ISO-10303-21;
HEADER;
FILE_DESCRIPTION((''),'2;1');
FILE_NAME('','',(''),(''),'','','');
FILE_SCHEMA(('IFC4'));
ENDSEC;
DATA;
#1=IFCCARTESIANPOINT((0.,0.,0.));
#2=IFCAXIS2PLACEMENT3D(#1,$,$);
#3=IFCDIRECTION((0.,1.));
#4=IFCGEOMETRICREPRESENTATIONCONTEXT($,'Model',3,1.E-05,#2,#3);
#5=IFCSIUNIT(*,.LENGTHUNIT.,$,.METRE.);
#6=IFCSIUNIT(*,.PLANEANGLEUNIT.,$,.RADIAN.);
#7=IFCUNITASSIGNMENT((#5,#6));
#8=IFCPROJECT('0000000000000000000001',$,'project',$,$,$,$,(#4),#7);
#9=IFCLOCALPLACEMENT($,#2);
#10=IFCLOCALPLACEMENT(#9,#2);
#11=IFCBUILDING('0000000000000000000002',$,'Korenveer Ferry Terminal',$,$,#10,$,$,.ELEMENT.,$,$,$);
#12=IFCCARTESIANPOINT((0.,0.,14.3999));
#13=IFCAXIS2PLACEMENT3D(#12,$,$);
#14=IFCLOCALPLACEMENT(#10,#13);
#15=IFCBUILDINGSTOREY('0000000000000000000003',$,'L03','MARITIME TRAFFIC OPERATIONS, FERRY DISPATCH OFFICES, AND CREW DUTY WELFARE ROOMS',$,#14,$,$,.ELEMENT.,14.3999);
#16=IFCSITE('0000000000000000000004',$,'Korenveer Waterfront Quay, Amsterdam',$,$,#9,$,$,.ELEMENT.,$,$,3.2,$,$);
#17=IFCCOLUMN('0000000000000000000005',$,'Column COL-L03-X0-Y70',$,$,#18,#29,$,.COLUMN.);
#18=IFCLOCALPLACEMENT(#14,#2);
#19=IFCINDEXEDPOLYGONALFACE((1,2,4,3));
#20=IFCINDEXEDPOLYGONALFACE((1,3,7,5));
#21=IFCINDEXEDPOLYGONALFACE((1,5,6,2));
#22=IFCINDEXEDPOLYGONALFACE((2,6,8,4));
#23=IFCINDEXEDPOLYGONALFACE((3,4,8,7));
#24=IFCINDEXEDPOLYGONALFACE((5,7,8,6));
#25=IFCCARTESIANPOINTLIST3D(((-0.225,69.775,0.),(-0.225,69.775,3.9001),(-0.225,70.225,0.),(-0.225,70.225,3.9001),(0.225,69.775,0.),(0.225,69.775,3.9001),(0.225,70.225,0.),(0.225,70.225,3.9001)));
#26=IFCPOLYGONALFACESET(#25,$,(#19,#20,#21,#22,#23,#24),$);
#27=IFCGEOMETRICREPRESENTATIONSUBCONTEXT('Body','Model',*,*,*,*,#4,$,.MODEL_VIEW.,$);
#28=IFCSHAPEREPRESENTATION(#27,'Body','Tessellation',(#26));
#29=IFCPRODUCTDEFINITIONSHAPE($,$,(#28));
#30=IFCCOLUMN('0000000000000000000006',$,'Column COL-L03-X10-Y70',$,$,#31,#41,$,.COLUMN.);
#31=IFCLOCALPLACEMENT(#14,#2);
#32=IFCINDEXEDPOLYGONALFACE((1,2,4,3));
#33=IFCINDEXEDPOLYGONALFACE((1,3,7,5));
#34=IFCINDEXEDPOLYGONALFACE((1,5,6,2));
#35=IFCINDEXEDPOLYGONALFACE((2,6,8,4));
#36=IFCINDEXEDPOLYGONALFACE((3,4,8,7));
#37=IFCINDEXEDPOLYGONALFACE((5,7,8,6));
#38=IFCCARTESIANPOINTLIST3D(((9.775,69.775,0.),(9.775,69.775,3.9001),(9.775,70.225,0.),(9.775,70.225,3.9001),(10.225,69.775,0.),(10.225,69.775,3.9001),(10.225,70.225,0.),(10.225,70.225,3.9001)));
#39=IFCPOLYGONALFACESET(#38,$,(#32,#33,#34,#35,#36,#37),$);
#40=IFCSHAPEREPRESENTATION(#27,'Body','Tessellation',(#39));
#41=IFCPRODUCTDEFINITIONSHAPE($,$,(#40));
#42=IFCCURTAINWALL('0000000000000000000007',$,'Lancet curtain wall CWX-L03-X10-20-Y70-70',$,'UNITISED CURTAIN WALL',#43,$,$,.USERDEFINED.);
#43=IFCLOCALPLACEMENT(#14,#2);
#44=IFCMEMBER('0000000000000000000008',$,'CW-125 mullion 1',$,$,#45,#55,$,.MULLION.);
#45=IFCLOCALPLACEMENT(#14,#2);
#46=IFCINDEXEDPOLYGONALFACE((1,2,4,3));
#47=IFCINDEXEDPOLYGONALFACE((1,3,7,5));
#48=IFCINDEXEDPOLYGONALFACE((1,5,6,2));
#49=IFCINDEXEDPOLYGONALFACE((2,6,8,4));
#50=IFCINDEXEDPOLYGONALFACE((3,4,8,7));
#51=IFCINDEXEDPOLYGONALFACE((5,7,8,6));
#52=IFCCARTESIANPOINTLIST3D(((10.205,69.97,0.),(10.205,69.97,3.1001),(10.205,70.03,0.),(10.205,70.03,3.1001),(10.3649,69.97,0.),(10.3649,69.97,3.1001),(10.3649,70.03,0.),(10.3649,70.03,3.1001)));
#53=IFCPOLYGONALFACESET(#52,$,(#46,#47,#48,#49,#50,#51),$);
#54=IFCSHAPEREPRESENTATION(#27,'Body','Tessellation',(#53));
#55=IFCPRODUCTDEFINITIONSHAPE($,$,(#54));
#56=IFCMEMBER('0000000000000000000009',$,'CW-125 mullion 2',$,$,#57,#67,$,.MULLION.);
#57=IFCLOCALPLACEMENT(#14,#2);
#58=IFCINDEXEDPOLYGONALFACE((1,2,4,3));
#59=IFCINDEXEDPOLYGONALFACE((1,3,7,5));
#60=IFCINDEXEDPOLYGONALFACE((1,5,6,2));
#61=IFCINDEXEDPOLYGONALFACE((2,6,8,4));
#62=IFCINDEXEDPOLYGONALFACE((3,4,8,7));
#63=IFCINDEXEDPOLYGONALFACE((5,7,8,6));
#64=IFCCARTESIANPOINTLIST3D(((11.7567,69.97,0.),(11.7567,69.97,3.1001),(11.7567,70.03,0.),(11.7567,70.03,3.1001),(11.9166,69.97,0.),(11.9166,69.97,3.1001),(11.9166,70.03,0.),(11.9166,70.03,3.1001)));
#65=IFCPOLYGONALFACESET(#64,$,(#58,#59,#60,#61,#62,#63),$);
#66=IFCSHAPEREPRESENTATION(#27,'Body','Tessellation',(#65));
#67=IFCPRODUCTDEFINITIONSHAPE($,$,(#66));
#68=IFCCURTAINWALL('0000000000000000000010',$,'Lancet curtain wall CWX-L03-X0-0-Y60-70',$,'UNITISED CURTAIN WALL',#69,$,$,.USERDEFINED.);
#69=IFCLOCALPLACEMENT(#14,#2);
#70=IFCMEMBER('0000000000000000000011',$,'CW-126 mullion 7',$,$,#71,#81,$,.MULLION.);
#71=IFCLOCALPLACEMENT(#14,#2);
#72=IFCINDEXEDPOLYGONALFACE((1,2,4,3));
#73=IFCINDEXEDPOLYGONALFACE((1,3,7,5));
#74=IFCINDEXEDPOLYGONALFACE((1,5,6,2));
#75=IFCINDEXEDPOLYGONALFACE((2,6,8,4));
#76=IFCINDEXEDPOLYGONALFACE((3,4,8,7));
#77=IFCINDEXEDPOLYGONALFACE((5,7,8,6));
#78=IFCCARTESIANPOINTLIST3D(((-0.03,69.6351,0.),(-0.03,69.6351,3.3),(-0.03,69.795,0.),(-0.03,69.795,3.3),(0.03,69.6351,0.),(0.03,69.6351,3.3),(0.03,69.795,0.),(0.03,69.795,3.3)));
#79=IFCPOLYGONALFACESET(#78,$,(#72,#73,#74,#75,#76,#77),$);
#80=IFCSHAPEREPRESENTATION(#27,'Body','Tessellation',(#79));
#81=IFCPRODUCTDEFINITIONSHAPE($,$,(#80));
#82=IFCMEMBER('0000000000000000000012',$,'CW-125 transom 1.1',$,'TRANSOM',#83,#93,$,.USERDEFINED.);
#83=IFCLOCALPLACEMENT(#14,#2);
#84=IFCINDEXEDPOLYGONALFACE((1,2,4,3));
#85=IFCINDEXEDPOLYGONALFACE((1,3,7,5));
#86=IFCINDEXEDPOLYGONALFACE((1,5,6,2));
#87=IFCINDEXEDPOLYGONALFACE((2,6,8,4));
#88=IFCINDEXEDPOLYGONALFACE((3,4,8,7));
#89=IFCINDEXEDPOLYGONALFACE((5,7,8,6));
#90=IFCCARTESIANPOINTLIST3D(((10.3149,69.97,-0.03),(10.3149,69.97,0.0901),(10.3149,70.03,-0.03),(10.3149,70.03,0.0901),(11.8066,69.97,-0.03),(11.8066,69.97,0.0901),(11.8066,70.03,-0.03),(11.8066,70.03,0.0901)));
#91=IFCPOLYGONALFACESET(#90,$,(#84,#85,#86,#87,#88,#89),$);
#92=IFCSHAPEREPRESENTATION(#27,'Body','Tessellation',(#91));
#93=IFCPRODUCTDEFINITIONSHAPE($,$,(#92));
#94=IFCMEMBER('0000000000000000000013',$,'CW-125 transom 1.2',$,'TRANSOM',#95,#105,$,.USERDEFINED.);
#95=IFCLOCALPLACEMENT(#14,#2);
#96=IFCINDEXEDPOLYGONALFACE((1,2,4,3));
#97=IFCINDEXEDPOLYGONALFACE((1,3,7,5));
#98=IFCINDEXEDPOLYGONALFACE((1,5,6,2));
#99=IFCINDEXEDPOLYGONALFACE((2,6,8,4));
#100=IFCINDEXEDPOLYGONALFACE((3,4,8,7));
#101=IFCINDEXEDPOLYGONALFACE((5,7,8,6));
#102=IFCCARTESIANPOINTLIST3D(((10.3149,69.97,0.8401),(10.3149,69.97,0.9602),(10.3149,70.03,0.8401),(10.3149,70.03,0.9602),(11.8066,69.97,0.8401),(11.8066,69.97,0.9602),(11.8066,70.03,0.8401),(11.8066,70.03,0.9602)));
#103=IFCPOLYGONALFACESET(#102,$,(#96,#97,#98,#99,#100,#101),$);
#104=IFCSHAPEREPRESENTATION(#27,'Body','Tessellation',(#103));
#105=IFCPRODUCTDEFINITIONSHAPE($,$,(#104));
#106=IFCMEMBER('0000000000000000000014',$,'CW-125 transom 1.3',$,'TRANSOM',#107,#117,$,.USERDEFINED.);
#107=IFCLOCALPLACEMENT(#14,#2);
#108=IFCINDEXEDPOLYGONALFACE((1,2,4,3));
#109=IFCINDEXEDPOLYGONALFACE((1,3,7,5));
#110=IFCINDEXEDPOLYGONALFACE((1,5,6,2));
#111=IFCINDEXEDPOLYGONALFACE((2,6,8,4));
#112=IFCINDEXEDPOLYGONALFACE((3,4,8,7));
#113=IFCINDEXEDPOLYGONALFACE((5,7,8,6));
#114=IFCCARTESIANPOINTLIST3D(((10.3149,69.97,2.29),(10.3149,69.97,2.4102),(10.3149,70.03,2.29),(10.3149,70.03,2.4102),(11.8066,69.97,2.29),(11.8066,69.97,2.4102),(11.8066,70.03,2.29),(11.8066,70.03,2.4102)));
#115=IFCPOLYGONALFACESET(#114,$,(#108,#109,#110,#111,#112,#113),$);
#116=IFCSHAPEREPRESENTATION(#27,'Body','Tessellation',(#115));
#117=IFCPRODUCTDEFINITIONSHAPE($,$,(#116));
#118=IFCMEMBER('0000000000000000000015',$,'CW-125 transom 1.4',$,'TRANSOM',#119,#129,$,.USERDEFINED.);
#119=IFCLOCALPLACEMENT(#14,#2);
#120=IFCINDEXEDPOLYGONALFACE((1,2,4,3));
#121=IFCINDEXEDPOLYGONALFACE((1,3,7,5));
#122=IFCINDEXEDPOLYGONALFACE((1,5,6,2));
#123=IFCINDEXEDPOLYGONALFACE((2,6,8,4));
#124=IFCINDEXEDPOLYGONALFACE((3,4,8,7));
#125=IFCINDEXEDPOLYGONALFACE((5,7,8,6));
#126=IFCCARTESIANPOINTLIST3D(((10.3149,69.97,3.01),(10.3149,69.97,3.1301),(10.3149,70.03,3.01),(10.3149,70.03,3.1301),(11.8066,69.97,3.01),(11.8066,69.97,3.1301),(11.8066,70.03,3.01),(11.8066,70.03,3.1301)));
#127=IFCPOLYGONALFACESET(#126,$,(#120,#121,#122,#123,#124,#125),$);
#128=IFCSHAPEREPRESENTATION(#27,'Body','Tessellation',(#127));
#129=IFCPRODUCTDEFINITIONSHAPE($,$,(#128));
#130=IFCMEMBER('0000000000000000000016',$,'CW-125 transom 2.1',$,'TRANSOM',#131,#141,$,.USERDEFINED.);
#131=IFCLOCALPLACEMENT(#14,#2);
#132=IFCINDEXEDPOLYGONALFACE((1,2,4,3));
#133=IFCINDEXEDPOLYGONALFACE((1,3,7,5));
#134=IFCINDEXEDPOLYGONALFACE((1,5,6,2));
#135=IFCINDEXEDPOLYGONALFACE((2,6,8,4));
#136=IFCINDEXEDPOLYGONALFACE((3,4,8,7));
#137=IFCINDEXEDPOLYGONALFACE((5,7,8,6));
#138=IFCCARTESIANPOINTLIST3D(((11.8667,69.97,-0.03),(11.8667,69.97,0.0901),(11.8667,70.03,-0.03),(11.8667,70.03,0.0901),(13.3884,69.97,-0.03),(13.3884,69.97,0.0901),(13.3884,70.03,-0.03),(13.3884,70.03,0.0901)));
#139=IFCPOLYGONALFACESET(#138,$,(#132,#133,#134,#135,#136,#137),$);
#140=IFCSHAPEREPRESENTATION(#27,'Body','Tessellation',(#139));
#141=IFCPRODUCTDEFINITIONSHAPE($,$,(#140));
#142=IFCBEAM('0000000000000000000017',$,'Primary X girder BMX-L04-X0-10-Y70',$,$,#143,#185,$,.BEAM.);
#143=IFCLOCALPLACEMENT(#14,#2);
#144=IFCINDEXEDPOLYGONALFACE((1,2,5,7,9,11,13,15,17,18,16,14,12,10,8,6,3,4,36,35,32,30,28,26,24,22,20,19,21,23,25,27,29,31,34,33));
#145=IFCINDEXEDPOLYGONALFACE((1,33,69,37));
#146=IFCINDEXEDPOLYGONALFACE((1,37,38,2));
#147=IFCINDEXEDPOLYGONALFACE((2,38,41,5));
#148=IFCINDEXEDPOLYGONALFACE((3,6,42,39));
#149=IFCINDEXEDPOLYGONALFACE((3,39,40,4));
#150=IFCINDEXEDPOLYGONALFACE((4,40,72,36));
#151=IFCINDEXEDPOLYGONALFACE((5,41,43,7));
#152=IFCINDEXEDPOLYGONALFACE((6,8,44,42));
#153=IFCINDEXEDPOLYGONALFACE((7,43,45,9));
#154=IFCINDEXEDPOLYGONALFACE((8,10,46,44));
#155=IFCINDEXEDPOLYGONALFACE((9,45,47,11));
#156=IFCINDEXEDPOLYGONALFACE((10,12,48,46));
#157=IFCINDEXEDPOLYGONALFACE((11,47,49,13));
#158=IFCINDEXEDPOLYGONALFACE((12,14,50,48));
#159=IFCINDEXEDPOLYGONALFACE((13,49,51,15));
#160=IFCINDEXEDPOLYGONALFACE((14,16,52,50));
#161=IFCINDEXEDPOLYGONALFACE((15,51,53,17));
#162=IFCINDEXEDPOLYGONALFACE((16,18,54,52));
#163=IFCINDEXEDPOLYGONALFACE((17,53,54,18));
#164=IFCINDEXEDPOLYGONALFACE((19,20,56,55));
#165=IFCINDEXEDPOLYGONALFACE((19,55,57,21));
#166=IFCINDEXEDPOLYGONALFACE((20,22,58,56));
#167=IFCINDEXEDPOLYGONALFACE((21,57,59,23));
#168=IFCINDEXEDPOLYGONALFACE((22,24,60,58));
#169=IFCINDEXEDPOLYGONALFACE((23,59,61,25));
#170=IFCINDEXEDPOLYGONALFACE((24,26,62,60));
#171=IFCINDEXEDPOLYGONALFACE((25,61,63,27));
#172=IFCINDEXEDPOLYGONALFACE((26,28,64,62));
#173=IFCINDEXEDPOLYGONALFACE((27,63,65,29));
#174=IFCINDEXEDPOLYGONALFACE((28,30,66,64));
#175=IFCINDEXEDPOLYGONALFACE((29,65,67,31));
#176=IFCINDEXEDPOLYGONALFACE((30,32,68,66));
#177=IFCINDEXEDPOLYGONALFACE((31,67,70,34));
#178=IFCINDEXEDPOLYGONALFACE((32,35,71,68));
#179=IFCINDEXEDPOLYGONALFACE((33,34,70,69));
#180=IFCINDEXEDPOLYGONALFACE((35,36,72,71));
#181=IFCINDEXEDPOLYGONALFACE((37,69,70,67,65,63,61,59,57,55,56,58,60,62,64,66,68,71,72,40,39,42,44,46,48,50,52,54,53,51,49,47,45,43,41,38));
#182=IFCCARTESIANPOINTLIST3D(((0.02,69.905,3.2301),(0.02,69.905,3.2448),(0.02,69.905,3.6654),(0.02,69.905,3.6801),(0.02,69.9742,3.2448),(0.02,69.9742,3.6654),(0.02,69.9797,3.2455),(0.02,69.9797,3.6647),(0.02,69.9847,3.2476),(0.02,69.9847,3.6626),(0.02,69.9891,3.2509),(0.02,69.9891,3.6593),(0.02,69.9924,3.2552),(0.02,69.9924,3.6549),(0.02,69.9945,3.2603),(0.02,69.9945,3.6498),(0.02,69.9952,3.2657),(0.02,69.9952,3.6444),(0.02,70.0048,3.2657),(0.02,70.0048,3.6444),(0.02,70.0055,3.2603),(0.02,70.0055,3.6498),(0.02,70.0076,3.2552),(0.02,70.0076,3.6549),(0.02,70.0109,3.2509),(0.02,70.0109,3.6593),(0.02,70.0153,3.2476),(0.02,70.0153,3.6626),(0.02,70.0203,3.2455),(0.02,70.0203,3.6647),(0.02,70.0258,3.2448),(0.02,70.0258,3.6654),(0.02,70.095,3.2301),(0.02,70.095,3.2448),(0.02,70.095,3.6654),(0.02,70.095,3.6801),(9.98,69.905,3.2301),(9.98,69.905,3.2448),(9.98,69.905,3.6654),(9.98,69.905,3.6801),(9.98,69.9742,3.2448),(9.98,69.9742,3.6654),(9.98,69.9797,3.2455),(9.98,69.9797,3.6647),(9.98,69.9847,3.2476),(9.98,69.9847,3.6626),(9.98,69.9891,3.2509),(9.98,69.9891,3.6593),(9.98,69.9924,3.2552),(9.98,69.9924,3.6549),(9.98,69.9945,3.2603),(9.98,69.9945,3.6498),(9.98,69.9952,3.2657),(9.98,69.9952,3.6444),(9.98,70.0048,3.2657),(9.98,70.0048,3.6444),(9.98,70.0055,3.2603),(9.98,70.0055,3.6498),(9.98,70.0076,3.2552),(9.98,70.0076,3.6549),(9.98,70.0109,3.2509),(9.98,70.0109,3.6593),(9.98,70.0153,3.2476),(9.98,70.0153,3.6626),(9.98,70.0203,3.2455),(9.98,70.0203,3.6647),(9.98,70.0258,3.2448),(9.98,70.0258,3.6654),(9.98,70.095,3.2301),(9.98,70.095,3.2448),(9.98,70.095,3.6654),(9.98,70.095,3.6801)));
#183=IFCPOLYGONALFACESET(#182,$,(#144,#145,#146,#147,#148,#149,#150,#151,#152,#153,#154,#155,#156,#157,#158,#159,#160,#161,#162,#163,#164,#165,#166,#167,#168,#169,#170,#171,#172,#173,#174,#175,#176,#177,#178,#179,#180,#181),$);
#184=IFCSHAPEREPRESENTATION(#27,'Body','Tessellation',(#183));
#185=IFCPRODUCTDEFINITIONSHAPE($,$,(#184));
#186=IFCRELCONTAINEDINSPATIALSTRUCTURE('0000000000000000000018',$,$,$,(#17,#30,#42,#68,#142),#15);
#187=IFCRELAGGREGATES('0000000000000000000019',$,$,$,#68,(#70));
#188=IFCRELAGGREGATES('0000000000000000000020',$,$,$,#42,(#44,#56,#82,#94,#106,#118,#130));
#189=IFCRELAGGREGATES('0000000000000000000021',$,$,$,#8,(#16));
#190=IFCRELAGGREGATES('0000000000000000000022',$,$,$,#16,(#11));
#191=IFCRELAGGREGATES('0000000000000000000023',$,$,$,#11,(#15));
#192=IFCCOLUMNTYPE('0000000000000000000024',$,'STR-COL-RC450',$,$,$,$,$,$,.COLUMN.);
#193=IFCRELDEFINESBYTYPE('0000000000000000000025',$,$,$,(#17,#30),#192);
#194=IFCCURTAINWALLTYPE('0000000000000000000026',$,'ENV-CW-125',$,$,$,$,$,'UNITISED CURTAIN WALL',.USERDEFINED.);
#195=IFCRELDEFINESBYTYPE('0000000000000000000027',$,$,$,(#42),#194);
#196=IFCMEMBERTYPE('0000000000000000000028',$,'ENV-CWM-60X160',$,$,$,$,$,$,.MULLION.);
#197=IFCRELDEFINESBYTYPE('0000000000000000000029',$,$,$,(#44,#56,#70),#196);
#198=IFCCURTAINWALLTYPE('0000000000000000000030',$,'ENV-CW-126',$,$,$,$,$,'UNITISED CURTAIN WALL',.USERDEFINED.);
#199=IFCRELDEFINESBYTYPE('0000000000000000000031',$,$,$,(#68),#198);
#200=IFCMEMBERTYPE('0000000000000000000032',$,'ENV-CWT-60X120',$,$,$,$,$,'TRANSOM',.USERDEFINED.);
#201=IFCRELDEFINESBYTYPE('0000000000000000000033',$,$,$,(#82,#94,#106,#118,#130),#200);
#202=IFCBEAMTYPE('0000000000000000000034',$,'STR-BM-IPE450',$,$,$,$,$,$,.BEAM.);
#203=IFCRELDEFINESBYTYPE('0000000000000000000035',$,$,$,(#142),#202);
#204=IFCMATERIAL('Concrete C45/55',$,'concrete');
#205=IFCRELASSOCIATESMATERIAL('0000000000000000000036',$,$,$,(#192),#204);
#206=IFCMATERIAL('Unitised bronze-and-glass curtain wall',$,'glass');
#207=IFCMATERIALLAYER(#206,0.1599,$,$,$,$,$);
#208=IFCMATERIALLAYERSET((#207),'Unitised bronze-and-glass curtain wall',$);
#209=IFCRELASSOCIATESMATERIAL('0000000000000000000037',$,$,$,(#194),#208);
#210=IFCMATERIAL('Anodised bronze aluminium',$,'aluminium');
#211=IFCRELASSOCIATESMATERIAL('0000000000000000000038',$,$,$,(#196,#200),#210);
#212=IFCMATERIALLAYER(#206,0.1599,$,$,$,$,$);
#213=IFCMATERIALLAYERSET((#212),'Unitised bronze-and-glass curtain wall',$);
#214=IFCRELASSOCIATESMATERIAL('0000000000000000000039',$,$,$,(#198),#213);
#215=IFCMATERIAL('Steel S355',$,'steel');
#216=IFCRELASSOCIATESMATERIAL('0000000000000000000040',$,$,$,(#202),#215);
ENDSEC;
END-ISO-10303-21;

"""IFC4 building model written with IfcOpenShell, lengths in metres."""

from ifc_helpers import new_model, si_unit, direction, frame, origin, origin_2d, place, context, subcontext, project, spatial, rectangle, i_section, extrude, material, layer, layer_set, material_profile, profile_set, type_object, element, aggregate, save


model = new_model("IFC4")

# Units and contexts
model_context = context("Model", 3, precision=1e-05, world=origin(), true_north=direction((0.0, 1.0)))
body_context = subcontext(model_context, "Body", "Model", "MODEL_VIEW")
ifc_project = project(units=[si_unit("LENGTHUNIT", "METRE"), si_unit("PLANEANGLEUNIT", "RADIAN")], contexts=[model_context])

# Site, building, storey
site_placement = place(None, origin())
site = spatial("IfcSite", under=ifc_project, at=site_placement, Name="Korenveer Waterfront Quay, Amsterdam", CompositionType="ELEMENT", RefElevation=3.2)
building_placement = place(site_placement, origin())
building = spatial("IfcBuilding", under=site, at=building_placement, Name="Korenveer Ferry Terminal", CompositionType="ELEMENT")
storey_placement = place(building_placement, frame((0.0, 0.0, 14.3999)))
storey = spatial("IfcBuildingStorey", under=building, at=storey_placement, Name="L03", Description="MARITIME TRAFFIC OPERATIONS, FERRY DISPATCH OFFICES, AND CREW DUTY WELFARE ROOMS", CompositionType="ELEMENT", Elevation=14.3999)

# Columns
ifc_material_1 = material(Name="Concrete C45/55", Category="concrete")
ifc_material_profile_1 = material_profile(ifc_material_1, rectangle(XDim=0.45, YDim=0.45, at=origin_2d()), Name="RC 450x450")
ifc_profile_set_1 = profile_set([ifc_material_profile_1], Name="Concrete C45/55")
column_type = type_object("IfcColumnType", Name="STR-COL-RC450", PredefinedType="COLUMN", material=ifc_profile_set_1)
for number, where, z_axis, x_axis, name in (
    (1, (0.0, 70.0, 0.0), (0.0, 0.0, 1.0), (1.0, 0.0, 0.0), "Column COL-L03-X0-Y70"),
    (2, (10.0, 70.0, 0.0), (0.0, 0.0, 1.0), (1.0, 0.0, 0.0), "Column COL-L03-X10-Y70"),
):
    element("IfcColumn", number, at=place(storey_placement, frame(where, z_axis=z_axis, x_axis=x_axis)), inside=storey, type_object=column_type, Name=name, PredefinedType="COLUMN", context=body_context, shape_type="SweptSolid", body=[
        extrude(rectangle(XDim=0.45, YDim=0.45, at=origin_2d()), origin(), (0.0, 0.0, 1.0), 3.9001),
    ])

# Curtain wall, members
ifc_material_2 = material(Name="Unitised bronze-and-glass curtain wall", Category="glass")
ifc_layer_1 = layer(ifc_material_2, 0.1599)
ifc_layer_set_1 = layer_set([ifc_layer_1], Name="Unitised bronze-and-glass curtain wall")
curtain_wall_type_1 = type_object("IfcCurtainWallType", Name="ENV-CW-125", ElementType="UNITISED CURTAIN WALL", PredefinedType="USERDEFINED", material=ifc_layer_set_1)
curtain_wall_1_placement = place(storey_placement, frame((10.2549, 70.0, 0.0)))
curtain_wall_1 = element("IfcCurtainWall", 3, at=curtain_wall_1_placement, inside=storey, type_object=curtain_wall_type_1, Name="Lancet curtain wall CWX-L03-X10-20-Y70-70", ObjectType="UNITISED CURTAIN WALL", PredefinedType="USERDEFINED")
ifc_material_3 = material(Name="Anodised bronze aluminium", Category="aluminium")
ifc_material_profile_2 = material_profile(ifc_material_3, rectangle(XDim=0.0601, YDim=0.1599, at=origin_2d()), Name="ALU 60x160")
ifc_profile_set_2 = profile_set([ifc_material_profile_2], Name="Anodised bronze aluminium")
member_type_1 = type_object("IfcMemberType", Name="ENV-CWM-60X160", PredefinedType="MULLION", material=ifc_profile_set_2)
member_1_placement = place(storey_placement, frame((10.2849, 70.0, 0.0), z_axis=(0.0, 0.0, 1.0), x_axis=(0.0, 1.0, 0.0)))
member_1 = element("IfcMember", 4, at=member_1_placement, type_object=member_type_1, Name="CW-125 mullion 1", PredefinedType="MULLION", context=body_context, shape_type="SweptSolid", body=[
    extrude(rectangle(XDim=0.0601, YDim=0.1599, at=origin_2d()), origin(), (0.0, 0.0, 1.0), 3.1001),
])
member_2_placement = place(storey_placement, frame((11.8367, 70.0, 0.0), z_axis=(0.0, 0.0, 1.0), x_axis=(0.0, 1.0, 0.0)))
member_2 = element("IfcMember", 5, at=member_2_placement, type_object=member_type_1, Name="CW-125 mullion 2", PredefinedType="MULLION", context=body_context, shape_type="SweptSolid", body=[
    extrude(rectangle(XDim=0.0601, YDim=0.1599, at=origin_2d()), origin(), (0.0, 0.0, 1.0), 3.1001),
])

# Curtain wall, member
ifc_layer_2 = layer(ifc_material_2, 0.1599)
ifc_layer_set_2 = layer_set([ifc_layer_2], Name="Unitised bronze-and-glass curtain wall")
curtain_wall_type_2 = type_object("IfcCurtainWallType", Name="ENV-CW-126", ElementType="UNITISED CURTAIN WALL", PredefinedType="USERDEFINED", material=ifc_layer_set_2)
curtain_wall_2_placement = place(storey_placement, frame((0.0, 60.3301, 0.0)))
curtain_wall_2 = element("IfcCurtainWall", 6, at=curtain_wall_2_placement, inside=storey, type_object=curtain_wall_type_2, Name="Lancet curtain wall CWX-L03-X0-0-Y60-70", ObjectType="UNITISED CURTAIN WALL", PredefinedType="USERDEFINED")
member_3_placement = place(storey_placement, frame((0.0, 69.7151, 0.0), z_axis=(0.0, 0.0, 1.0), x_axis=(-1.0, 0.0, 0.0)))
member_3 = element("IfcMember", 7, at=member_3_placement, type_object=member_type_1, Name="CW-126 mullion 7", PredefinedType="MULLION", context=body_context, shape_type="SweptSolid", body=[
    extrude(rectangle(XDim=0.0601, YDim=0.1599, at=origin_2d()), origin(), (0.0, 0.0, 1.0), 3.3),
])
aggregate(curtain_wall_2, [member_3])

# Members
ifc_material_profile_3 = material_profile(ifc_material_3, rectangle(XDim=0.0601, YDim=0.1201, at=origin_2d()), Name="ALU 60x120")
ifc_profile_set_3 = profile_set([ifc_material_profile_3], Name="Anodised bronze aluminium")
member_type_2 = type_object("IfcMemberType", Name="ENV-CWT-60X120", ElementType="TRANSOM", PredefinedType="USERDEFINED", material=ifc_profile_set_3)
member_4_placement = place(storey_placement, frame((10.3149, 70.0, 0.03), z_axis=(1.0, 0.0, 0.0), x_axis=(0.0, 1.0, 0.0)))
member_4 = element("IfcMember", 8, at=member_4_placement, type_object=member_type_2, Name="CW-125 transom 1.1", ObjectType="TRANSOM", PredefinedType="USERDEFINED", context=body_context, shape_type="SweptSolid", body=[
    extrude(rectangle(XDim=0.0601, YDim=0.1201, at=origin_2d()), origin(), (0.0, 0.0, 1.0), 1.4917),
])
member_5_placement = place(storey_placement, frame((10.3149, 70.0, 0.9001), z_axis=(1.0, 0.0, 0.0), x_axis=(0.0, 1.0, 0.0)))
member_5 = element("IfcMember", 9, at=member_5_placement, type_object=member_type_2, Name="CW-125 transom 1.2", ObjectType="TRANSOM", PredefinedType="USERDEFINED", context=body_context, shape_type="SweptSolid", body=[
    extrude(rectangle(XDim=0.0601, YDim=0.1201, at=origin_2d()), origin(), (0.0, 0.0, 1.0), 1.4917),
])
member_6_placement = place(storey_placement, frame((10.3149, 70.0, 2.3501), z_axis=(1.0, 0.0, 0.0), x_axis=(0.0, 1.0, 0.0)))
member_6 = element("IfcMember", 10, at=member_6_placement, type_object=member_type_2, Name="CW-125 transom 1.3", ObjectType="TRANSOM", PredefinedType="USERDEFINED", context=body_context, shape_type="SweptSolid", body=[
    extrude(rectangle(XDim=0.0601, YDim=0.1201, at=origin_2d()), origin(), (0.0, 0.0, 1.0), 1.4917),
])
member_7_placement = place(storey_placement, frame((10.3149, 70.0, 3.0701), z_axis=(1.0, 0.0, 0.0), x_axis=(0.0, 1.0, 0.0)))
member_7 = element("IfcMember", 11, at=member_7_placement, type_object=member_type_2, Name="CW-125 transom 1.4", ObjectType="TRANSOM", PredefinedType="USERDEFINED", context=body_context, shape_type="SweptSolid", body=[
    extrude(rectangle(XDim=0.0601, YDim=0.1201, at=origin_2d()), origin(), (0.0, 0.0, 1.0), 1.4917),
])
member_8_placement = place(storey_placement, frame((11.8667, 70.0, 0.03), z_axis=(1.0, 0.0, 0.0), x_axis=(0.0, 1.0, 0.0)))
member_8 = element("IfcMember", 12, at=member_8_placement, type_object=member_type_2, Name="CW-125 transom 2.1", ObjectType="TRANSOM", PredefinedType="USERDEFINED", context=body_context, shape_type="SweptSolid", body=[
    extrude(rectangle(XDim=0.0601, YDim=0.1201, at=origin_2d()), origin(), (0.0, 0.0, 1.0), 1.5217),
])

# Beam
ifc_material_4 = material(Name="Steel S355", Category="steel")
ifc_material_profile_4 = material_profile(ifc_material_4, i_section(OverallWidth=0.1899, OverallDepth=0.45, WebThickness=0.0095, FlangeThickness=0.0146, FilletRadius=0.021, at=origin_2d()), Name="IPE 450")
ifc_profile_set_4 = profile_set([ifc_material_profile_4], Name="Steel S355")
beam_type = type_object("IfcBeamType", Name="STR-BM-IPE450", PredefinedType="BEAM", material=ifc_profile_set_4)
for number, where, z_axis, x_axis, name in (
    (13, (0.02, 70.0, 3.4551), (1.0, 0.0, 0.0), (0.0, 1.0, 0.0), "Primary X girder BMX-L04-X0-10-Y70"),
):
    element("IfcBeam", number, at=place(storey_placement, frame(where, z_axis=z_axis, x_axis=x_axis)), inside=storey, type_object=beam_type, Name=name, PredefinedType="BEAM", context=body_context, shape_type="SweptSolid", body=[
        extrude(i_section(OverallWidth=0.1899, OverallDepth=0.45, WebThickness=0.0095, FlangeThickness=0.0146, FilletRadius=0.021, at=origin_2d()), origin(), (0.0, 0.0, 1.0), 9.96),
    ])

aggregate(curtain_wall_1, [member_1, member_2, member_4, member_5, member_6, member_7, member_8])

save(model, "model.ifc")
